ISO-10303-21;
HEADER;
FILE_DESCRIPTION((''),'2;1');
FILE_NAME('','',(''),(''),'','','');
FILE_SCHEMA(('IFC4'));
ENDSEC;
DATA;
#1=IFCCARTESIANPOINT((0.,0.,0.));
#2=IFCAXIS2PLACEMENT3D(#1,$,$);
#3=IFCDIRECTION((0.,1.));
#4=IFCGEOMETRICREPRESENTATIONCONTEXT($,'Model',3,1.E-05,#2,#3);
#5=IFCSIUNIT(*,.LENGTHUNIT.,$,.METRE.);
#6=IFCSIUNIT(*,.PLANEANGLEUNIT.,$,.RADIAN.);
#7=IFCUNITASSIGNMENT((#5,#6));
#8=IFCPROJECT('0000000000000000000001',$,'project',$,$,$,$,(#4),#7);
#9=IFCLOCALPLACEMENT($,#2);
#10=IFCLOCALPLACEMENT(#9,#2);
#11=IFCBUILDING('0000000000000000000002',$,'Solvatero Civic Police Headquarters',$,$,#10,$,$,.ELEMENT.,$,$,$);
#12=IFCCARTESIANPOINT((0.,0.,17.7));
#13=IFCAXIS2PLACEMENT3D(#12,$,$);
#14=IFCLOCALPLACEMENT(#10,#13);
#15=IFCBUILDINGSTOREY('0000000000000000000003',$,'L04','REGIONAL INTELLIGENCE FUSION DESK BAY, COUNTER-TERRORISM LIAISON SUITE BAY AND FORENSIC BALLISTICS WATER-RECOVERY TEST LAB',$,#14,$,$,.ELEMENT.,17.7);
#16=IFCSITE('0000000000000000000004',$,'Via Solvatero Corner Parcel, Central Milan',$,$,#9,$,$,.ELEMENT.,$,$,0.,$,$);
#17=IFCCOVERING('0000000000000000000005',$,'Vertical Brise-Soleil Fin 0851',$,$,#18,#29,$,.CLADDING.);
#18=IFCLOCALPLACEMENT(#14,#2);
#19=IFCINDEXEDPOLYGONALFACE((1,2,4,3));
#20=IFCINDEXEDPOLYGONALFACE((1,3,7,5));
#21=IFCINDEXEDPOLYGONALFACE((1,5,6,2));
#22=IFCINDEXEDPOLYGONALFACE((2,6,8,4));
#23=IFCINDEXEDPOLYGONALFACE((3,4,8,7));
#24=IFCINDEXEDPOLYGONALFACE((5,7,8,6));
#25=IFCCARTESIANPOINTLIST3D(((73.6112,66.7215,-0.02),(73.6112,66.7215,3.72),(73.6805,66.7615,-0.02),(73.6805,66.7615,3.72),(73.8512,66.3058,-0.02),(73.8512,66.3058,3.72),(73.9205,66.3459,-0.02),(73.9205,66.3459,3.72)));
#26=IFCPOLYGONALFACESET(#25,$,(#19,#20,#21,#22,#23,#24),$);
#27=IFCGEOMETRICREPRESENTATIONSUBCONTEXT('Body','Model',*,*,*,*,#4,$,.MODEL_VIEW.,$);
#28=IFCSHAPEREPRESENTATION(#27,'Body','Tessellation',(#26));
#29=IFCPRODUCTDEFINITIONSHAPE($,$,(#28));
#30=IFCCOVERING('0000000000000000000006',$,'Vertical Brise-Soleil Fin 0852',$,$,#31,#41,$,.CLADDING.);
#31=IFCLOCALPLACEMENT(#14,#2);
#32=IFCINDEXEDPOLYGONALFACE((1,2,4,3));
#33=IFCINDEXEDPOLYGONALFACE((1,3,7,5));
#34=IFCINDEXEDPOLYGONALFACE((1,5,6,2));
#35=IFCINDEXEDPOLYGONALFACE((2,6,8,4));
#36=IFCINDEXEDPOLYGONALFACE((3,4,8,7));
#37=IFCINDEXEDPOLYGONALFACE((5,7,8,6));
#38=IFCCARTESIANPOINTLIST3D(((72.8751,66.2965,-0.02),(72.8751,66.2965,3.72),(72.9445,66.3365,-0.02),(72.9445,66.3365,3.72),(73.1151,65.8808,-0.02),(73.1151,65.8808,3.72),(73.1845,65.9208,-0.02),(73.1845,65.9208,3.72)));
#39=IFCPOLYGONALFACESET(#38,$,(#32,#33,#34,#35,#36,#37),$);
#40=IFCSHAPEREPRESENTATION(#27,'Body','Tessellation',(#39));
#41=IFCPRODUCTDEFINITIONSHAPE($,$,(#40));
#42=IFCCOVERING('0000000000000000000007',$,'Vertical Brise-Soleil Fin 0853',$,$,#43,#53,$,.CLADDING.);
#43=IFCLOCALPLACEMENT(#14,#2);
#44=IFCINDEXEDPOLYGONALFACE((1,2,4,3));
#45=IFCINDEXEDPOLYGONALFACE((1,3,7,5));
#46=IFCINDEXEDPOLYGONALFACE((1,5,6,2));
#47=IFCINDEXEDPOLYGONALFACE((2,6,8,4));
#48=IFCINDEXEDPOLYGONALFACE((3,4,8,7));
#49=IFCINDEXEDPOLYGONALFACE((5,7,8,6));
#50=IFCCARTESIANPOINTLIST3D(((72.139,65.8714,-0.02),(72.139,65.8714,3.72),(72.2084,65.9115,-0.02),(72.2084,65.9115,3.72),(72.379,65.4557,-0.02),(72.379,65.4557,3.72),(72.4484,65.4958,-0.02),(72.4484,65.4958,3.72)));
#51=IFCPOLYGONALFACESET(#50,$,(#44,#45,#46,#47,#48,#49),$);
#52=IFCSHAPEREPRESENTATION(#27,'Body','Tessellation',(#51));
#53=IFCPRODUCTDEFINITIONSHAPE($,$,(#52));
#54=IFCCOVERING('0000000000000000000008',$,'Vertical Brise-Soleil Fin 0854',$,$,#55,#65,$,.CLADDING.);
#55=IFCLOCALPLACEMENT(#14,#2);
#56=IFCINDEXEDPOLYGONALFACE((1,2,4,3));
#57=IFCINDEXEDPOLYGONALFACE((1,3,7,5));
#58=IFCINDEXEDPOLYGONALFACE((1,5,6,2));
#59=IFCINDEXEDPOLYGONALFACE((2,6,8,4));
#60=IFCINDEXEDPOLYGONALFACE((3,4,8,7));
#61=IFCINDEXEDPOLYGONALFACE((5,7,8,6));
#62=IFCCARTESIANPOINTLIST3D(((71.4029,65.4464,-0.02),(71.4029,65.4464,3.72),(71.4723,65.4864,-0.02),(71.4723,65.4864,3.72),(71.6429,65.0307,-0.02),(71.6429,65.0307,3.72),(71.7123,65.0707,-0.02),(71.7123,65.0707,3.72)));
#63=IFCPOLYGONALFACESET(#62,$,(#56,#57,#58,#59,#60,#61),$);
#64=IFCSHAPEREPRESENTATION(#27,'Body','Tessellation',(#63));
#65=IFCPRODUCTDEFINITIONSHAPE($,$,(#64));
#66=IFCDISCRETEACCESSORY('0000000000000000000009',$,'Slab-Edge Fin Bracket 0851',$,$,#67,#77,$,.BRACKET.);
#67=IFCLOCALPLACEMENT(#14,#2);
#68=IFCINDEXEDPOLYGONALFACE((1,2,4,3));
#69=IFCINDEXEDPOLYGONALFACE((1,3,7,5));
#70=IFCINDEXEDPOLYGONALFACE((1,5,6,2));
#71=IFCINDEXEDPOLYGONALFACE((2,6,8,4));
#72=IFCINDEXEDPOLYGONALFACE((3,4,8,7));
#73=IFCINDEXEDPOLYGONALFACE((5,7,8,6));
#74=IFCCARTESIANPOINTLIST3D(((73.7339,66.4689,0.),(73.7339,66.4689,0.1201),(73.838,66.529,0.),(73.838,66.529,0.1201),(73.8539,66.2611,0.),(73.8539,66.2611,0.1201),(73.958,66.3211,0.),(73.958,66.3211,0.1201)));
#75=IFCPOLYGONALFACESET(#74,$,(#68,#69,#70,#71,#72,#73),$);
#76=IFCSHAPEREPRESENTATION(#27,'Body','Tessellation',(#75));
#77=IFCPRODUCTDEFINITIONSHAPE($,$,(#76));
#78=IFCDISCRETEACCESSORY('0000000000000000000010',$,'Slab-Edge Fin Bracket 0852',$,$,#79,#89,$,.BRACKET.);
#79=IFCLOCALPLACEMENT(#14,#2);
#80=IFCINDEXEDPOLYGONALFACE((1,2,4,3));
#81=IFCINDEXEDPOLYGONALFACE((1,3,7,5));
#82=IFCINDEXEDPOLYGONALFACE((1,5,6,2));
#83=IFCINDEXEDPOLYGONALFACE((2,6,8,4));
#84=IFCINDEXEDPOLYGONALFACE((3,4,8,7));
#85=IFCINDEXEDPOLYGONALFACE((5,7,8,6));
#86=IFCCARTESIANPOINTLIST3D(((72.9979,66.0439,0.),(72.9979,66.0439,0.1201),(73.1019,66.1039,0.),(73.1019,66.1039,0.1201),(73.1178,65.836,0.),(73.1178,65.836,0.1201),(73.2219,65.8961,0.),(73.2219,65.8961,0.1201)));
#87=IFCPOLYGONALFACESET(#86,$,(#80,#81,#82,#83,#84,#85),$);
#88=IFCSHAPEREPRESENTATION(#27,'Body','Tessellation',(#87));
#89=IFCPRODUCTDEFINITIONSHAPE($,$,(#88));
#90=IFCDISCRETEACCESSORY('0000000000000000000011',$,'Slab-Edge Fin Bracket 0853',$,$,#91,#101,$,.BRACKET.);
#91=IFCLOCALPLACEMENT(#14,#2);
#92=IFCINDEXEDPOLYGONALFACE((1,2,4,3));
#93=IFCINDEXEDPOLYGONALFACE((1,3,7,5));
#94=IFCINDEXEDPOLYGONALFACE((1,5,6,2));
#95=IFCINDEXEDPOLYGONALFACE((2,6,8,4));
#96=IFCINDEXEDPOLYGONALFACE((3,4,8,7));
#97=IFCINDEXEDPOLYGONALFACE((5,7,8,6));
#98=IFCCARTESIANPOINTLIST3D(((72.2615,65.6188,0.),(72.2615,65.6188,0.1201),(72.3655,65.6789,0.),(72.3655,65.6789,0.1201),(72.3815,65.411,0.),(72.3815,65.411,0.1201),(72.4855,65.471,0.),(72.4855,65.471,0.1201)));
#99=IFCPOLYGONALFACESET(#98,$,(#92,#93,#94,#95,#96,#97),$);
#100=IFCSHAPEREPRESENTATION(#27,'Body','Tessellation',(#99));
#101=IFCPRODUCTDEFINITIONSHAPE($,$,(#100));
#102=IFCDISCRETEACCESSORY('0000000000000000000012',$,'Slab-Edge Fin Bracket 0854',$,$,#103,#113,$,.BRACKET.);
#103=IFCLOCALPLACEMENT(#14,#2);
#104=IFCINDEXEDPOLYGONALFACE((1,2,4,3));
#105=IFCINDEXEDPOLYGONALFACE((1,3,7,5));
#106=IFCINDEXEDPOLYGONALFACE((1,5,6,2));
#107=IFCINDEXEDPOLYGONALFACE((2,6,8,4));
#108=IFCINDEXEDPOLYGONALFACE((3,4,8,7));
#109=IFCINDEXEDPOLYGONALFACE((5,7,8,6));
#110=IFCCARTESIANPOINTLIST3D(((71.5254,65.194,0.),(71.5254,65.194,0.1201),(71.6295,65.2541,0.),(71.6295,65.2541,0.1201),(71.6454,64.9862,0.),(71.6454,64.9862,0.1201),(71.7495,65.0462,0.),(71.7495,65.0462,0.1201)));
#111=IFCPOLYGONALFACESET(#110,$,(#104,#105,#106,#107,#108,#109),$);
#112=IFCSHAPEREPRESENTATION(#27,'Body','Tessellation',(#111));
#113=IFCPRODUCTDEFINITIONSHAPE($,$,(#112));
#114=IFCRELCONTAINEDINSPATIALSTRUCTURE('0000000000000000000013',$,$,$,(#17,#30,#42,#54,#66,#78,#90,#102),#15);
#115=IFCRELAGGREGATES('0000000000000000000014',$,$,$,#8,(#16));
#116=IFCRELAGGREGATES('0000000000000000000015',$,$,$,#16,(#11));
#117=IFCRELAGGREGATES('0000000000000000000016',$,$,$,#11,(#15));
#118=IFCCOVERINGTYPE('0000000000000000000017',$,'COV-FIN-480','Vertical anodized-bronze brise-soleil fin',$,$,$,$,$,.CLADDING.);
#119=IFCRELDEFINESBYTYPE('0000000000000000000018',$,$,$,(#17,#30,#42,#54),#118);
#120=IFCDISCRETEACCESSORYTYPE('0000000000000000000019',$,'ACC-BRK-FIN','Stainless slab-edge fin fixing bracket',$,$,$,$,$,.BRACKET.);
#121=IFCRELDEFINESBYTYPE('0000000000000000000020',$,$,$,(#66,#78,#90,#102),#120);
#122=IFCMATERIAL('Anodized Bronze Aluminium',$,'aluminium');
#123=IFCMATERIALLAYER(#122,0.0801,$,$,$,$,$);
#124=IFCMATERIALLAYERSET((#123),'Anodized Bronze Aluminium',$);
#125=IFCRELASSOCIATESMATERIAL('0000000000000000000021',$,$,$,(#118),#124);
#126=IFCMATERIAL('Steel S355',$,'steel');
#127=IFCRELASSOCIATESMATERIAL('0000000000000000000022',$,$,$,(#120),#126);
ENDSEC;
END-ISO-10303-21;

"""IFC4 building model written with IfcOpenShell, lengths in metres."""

from ifc_helpers import new_model, si_unit, direction, frame, origin, origin_2d, place, context, subcontext, project, spatial, rectangle, extrude, material, layer, layer_set, type_object, element, save


model = new_model("IFC4")

# Units and contexts
model_context = context("Model", 3, precision=1e-05, world=origin(), true_north=direction((0.0, 1.0)))
body_context = subcontext(model_context, "Body", "Model", "MODEL_VIEW")
ifc_project = project(units=[si_unit("LENGTHUNIT", "METRE"), si_unit("PLANEANGLEUNIT", "RADIAN")], contexts=[model_context])

# Site, building, storey
site_placement = place(None, origin())
site = spatial("IfcSite", under=ifc_project, at=site_placement, Name="Via Solvatero Corner Parcel, Central Milan", CompositionType="ELEMENT", RefElevation=0.0)
building_placement = place(site_placement, origin())
building = spatial("IfcBuilding", under=site, at=building_placement, Name="Solvatero Civic Police Headquarters", CompositionType="ELEMENT")
storey_placement = place(building_placement, frame((0.0, 0.0, 17.7)))
storey = spatial("IfcBuildingStorey", under=building, at=storey_placement, Name="L04", Description="REGIONAL INTELLIGENCE FUSION DESK BAY, COUNTER-TERRORISM LIAISON SUITE BAY AND FORENSIC BALLISTICS WATER-RECOVERY TEST LAB", CompositionType="ELEMENT", Elevation=17.7)

# Shared definitions
ifc_material_1 = material(Name="Steel S355", Category="steel")

# Shared definitions
ifc_material_2 = material(Name="Anodized Bronze Aluminium", Category="aluminium")

# Coverings
ifc_layer_1 = layer(ifc_material_2, 0.0801)
ifc_layer_set_1 = layer_set([ifc_layer_1], Name="Anodized Bronze Aluminium")
covering_type = type_object("IfcCoveringType", Name="COV-FIN-480", Description="Vertical anodized-bronze brise-soleil fin", PredefinedType="CLADDING", material=ifc_layer_set_1)
for number, where, z_axis, x_axis, name in (
    (1, (73.7659, 66.5337, -0.02), (0.0, 0.0, 1.0), (-0.866025, -0.5, 0.0), "Vertical Brise-Soleil Fin 0851"),
    (2, (73.0298, 66.1086, -0.02), (0.0, 0.0, 1.0), (-0.866025, -0.5, 0.0), "Vertical Brise-Soleil Fin 0852"),
    (3, (72.2937, 65.6836, -0.02), (0.0, 0.0, 1.0), (-0.866025, -0.5, 0.0), "Vertical Brise-Soleil Fin 0853"),
    (4, (71.5576, 65.2585, -0.02), (0.0, 0.0, 1.0), (-0.866025, -0.5, 0.0), "Vertical Brise-Soleil Fin 0854"),
):
    element("IfcCovering", number, at=place(storey_placement, frame(where, z_axis=z_axis, x_axis=x_axis)), inside=storey, type_object=covering_type, Name=name, PredefinedType="CLADDING", context=body_context, shape_type="SweptSolid", body=[
        extrude(rectangle(XDim=0.0801, YDim=0.48, at=origin_2d()), origin(), (0.0, 0.0, 1.0), 3.74),
    ])

# Discrete accessories
discrete_accessory_type = type_object("IfcDiscreteAccessoryType", Name="ACC-BRK-FIN", Description="Stainless slab-edge fin fixing bracket", PredefinedType="BRACKET", material=ifc_material_1)
for number, where, z_axis, x_axis, name in (
    (5, (73.8459, 66.395, 0.0), (0.0, 0.0, 1.0), (-0.866025, -0.5, 0.0), "Slab-Edge Fin Bracket 0851"),
    (6, (73.1099, 65.97, 0.0), (0.0, 0.0, 1.0), (-0.866025, -0.5, 0.0), "Slab-Edge Fin Bracket 0852"),
    (7, (72.3735, 65.5449, 0.0), (0.0, 0.0, 1.0), (-0.866025, -0.5, 0.0), "Slab-Edge Fin Bracket 0853"),
    (8, (71.6375, 65.1201, 0.0), (0.0, 0.0, 1.0), (-0.866025, -0.5, 0.0), "Slab-Edge Fin Bracket 0854"),
):
    element("IfcDiscreteAccessory", number, at=place(storey_placement, frame(where, z_axis=z_axis, x_axis=x_axis)), inside=storey, type_object=discrete_accessory_type, Name=name, PredefinedType="BRACKET", context=body_context, shape_type="SweptSolid", body=[
        extrude(rectangle(XDim=0.1201, YDim=0.24, at=origin_2d()), origin(), (0.0, 0.0, 1.0), 0.1201),
    ])

save(model, "model.ifc")
